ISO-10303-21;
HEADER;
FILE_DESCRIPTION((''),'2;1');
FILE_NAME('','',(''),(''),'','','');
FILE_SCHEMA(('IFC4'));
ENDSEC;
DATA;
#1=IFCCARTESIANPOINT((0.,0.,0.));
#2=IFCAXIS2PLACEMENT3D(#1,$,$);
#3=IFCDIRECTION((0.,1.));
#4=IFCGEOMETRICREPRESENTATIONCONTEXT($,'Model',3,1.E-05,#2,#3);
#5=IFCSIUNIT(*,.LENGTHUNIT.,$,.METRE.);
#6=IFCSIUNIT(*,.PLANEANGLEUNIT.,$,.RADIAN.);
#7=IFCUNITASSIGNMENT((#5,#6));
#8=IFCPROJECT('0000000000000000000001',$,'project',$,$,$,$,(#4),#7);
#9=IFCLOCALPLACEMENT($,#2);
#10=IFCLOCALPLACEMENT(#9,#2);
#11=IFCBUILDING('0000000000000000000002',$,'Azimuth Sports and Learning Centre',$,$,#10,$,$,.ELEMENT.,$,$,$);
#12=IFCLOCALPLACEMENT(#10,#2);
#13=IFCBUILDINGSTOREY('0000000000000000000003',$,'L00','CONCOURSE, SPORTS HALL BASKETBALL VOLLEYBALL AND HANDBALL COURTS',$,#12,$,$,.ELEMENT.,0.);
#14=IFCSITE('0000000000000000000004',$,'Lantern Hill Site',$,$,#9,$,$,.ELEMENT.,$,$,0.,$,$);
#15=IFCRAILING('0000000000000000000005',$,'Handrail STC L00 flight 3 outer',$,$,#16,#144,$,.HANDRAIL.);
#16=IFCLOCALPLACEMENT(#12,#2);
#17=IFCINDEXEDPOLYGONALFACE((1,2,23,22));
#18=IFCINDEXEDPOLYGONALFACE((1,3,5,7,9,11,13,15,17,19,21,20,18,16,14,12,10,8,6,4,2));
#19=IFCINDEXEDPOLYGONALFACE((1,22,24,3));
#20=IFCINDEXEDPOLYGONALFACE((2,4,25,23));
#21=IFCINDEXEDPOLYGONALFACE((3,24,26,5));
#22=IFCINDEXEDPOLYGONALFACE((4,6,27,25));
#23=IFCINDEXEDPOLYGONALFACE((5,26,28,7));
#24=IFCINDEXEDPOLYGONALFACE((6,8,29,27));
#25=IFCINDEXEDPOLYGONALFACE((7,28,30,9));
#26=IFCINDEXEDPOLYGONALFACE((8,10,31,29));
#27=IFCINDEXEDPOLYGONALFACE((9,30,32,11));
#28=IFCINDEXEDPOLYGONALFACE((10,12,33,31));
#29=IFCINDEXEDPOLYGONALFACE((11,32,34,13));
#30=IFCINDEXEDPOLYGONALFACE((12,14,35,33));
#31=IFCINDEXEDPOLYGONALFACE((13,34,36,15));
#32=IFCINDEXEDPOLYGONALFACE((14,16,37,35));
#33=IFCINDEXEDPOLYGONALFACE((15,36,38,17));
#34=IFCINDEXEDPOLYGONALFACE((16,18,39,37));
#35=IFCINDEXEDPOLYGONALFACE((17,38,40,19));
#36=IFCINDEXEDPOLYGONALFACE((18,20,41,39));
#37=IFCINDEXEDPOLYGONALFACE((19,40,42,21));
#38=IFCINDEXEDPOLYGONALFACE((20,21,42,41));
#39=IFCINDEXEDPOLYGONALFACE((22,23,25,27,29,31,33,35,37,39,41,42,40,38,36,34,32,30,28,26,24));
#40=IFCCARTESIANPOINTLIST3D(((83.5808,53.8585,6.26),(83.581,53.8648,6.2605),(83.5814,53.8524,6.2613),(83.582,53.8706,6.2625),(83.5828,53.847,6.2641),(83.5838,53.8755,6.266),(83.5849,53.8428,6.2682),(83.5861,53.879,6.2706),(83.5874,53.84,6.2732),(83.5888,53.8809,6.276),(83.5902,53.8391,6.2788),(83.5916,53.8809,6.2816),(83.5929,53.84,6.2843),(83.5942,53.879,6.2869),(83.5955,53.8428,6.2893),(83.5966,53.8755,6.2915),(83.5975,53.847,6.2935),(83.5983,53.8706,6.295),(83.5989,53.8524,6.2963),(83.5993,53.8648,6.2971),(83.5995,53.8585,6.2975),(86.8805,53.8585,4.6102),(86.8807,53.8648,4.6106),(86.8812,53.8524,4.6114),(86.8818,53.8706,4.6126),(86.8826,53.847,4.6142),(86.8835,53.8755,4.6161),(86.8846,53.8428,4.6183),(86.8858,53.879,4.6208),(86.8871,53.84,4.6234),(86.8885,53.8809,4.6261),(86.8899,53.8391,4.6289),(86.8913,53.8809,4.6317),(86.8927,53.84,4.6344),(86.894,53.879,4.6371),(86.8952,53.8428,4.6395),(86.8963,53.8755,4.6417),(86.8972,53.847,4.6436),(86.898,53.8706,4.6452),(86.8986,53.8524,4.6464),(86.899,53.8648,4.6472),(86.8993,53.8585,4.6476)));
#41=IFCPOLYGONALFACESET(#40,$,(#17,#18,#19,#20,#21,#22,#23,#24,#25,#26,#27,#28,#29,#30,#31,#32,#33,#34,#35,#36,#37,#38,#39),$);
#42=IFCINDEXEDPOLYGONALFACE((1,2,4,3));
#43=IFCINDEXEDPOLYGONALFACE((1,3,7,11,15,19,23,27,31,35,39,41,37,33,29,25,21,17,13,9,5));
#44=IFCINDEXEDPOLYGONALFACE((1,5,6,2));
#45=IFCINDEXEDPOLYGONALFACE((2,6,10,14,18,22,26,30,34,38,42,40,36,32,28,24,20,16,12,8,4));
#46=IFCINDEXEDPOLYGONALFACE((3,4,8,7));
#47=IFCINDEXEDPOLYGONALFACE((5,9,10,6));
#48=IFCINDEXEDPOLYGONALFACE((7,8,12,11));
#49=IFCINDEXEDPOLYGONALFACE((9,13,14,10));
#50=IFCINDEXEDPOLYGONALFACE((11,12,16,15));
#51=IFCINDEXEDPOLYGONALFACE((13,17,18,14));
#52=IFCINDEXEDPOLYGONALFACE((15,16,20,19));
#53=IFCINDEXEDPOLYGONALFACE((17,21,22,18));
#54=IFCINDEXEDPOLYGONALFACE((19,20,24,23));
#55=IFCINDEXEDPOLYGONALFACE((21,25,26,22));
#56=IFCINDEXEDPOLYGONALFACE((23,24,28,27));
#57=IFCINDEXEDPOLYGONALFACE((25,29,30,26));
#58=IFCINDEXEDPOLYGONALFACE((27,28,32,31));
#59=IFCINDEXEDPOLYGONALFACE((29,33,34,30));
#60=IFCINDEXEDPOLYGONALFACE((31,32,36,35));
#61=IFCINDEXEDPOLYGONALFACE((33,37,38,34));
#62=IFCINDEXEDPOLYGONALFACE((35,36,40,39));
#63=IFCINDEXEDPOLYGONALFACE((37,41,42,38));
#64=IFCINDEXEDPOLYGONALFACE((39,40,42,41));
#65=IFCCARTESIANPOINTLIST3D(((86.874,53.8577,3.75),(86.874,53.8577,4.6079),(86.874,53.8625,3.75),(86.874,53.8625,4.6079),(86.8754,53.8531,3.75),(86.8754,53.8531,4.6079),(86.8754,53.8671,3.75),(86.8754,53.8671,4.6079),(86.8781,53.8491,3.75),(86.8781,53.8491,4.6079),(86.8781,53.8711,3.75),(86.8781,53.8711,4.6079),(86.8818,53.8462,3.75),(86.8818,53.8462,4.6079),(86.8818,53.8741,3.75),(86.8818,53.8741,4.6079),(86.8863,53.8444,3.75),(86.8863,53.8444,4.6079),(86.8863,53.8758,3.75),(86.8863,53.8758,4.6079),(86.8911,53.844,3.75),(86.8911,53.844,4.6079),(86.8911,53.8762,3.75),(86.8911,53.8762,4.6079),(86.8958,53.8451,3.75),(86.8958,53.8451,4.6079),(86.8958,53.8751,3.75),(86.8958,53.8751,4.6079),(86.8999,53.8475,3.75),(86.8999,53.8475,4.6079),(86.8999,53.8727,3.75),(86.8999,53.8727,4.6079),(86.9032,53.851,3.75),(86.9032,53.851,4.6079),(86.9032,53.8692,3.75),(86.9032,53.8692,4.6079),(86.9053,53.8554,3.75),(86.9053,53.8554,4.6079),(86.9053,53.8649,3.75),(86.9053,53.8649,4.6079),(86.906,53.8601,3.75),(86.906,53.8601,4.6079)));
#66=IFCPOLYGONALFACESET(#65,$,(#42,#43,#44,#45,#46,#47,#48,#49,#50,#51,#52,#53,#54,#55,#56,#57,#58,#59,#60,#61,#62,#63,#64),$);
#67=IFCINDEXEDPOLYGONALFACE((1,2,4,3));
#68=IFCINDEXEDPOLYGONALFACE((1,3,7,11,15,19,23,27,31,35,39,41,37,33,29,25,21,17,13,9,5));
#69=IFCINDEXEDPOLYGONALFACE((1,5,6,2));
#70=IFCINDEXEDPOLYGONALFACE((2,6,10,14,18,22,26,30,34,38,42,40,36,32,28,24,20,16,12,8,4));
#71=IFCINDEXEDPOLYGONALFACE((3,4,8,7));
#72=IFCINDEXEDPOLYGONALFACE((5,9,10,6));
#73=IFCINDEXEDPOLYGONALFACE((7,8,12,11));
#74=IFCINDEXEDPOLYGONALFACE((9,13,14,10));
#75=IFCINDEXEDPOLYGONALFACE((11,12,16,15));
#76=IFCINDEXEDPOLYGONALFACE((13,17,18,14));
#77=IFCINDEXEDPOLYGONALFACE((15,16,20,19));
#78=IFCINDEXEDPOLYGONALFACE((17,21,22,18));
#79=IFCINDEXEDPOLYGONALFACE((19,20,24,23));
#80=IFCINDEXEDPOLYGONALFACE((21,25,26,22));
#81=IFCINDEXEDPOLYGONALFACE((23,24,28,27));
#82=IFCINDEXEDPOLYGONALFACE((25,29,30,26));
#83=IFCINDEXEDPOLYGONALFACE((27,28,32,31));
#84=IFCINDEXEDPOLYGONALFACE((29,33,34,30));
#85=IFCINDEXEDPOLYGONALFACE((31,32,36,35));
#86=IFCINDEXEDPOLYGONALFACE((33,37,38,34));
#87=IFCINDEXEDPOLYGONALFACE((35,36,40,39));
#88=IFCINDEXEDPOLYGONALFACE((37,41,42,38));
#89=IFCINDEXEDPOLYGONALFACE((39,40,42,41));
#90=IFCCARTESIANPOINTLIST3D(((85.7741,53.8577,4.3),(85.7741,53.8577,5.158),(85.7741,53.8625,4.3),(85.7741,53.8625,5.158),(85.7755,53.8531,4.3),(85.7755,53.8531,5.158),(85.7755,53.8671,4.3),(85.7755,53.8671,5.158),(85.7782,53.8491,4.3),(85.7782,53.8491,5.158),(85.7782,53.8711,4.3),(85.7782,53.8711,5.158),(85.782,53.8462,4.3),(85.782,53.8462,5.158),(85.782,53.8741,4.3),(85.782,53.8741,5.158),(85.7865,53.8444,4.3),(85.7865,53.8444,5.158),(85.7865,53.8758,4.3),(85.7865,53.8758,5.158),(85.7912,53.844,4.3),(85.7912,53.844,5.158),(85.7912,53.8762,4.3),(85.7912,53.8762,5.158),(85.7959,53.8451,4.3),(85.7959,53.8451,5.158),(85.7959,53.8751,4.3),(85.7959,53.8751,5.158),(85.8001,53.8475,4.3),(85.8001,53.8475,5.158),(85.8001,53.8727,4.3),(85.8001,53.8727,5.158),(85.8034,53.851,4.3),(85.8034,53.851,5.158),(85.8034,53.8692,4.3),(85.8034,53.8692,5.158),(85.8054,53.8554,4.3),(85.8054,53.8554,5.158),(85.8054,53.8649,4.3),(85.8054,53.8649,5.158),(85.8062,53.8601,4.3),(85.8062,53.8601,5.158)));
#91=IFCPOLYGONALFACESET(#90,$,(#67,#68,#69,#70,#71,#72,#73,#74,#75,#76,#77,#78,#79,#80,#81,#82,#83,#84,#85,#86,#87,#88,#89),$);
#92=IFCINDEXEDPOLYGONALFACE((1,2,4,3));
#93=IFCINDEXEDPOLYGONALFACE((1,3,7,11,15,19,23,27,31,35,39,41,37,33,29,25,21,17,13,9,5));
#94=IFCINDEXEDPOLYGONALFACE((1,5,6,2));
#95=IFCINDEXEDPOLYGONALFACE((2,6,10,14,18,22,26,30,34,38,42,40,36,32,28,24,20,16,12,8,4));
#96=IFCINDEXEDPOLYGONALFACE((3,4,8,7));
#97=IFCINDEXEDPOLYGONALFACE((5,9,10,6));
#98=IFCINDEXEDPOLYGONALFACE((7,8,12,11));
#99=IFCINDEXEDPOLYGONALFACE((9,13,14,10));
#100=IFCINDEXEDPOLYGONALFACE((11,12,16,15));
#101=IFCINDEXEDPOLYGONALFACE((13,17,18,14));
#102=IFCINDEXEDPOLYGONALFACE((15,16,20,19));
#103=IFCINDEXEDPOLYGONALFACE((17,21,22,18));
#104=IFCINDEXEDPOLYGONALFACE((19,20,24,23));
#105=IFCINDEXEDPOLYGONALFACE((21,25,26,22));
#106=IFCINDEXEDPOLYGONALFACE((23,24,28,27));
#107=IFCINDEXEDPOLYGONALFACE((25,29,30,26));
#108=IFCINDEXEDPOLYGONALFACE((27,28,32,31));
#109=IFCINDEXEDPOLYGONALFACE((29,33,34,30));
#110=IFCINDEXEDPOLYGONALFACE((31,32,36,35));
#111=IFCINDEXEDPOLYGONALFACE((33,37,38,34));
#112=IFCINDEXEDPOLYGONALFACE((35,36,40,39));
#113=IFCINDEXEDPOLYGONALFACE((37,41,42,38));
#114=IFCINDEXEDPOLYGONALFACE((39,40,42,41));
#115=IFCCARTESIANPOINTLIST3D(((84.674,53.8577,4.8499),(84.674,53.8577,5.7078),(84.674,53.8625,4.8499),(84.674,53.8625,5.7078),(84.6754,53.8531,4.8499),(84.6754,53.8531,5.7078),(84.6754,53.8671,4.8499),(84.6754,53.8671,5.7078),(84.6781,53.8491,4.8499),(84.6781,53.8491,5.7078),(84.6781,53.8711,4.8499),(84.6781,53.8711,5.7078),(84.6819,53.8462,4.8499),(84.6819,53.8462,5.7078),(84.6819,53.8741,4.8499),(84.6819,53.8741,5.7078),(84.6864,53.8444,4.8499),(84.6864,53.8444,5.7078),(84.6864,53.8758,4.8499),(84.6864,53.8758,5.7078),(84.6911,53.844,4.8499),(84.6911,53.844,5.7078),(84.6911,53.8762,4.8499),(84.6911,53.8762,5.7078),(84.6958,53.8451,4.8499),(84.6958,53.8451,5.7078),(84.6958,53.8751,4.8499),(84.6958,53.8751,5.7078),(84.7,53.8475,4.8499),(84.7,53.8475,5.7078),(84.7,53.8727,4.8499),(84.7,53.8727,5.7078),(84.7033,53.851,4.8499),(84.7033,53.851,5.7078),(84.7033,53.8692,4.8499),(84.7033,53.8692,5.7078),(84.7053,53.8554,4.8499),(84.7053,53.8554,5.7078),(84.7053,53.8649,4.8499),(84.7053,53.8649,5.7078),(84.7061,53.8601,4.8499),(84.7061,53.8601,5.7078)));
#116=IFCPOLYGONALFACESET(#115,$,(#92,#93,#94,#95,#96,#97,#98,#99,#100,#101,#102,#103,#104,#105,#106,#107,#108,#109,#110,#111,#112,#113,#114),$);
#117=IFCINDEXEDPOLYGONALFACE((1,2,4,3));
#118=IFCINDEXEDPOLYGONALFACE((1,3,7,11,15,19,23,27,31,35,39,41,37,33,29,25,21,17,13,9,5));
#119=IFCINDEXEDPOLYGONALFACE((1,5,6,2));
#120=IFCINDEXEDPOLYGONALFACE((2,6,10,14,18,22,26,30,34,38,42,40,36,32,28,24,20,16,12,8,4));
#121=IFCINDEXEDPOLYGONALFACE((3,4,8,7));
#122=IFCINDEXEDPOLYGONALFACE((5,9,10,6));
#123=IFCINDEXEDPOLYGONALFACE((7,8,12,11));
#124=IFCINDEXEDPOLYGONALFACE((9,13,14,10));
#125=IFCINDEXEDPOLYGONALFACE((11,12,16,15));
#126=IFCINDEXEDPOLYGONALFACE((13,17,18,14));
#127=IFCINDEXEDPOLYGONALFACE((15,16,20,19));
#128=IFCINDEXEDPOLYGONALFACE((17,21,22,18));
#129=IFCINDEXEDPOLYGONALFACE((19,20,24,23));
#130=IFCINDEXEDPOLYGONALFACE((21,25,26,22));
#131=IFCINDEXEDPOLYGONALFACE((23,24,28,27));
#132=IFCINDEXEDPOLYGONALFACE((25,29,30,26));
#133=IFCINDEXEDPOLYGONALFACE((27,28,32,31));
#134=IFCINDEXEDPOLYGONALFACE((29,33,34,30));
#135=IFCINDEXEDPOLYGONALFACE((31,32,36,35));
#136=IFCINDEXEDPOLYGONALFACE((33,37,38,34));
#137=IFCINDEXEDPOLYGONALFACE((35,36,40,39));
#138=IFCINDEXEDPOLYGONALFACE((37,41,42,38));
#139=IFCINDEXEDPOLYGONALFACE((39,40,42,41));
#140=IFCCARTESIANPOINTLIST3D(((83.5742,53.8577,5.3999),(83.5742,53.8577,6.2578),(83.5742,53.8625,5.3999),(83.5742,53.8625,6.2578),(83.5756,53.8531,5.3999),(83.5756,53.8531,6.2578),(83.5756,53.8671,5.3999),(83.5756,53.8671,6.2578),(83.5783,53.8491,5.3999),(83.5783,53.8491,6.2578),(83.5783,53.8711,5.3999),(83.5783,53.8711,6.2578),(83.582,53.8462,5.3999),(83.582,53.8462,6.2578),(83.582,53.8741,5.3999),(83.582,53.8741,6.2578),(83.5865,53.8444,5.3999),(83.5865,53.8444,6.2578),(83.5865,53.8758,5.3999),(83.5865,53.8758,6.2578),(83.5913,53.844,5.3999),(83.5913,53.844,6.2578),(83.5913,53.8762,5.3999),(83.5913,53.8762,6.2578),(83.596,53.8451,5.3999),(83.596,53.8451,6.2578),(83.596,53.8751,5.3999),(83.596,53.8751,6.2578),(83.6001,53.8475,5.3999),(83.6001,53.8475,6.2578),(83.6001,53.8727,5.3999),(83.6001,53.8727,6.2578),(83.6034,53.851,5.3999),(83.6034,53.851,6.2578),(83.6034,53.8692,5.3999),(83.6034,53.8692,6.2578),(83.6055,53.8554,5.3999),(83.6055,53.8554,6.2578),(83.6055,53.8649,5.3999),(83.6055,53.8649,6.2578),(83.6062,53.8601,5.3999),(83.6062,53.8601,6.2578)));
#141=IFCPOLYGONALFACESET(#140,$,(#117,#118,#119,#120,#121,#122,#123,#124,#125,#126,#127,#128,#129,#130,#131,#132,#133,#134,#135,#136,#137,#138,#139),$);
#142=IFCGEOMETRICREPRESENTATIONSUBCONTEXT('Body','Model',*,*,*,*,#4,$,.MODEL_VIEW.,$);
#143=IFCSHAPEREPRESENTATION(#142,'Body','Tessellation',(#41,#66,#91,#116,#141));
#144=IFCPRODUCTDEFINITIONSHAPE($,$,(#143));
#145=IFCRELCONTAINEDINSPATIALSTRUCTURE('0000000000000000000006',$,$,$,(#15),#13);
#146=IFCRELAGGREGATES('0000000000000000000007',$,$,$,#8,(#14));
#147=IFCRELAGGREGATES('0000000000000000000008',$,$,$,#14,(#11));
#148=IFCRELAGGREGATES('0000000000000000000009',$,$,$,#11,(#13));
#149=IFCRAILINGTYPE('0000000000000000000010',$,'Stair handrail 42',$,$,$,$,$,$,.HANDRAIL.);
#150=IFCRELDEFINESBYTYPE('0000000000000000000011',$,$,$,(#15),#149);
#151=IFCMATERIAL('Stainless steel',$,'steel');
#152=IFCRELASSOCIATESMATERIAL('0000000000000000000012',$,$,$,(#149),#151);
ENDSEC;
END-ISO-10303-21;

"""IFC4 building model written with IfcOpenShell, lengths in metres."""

from ifc_helpers import new_model, si_unit, direction, frame, origin, origin_2d, place, context, subcontext, project, spatial, circle, extrude, material, type_object, element, save


model = new_model("IFC4")

# Units and contexts
model_context = context("Model", 3, precision=1e-05, world=origin(), true_north=direction((0.0, 1.0)))
body_context = subcontext(model_context, "Body", "Model", "MODEL_VIEW")
ifc_project = project(units=[si_unit("LENGTHUNIT", "METRE"), si_unit("PLANEANGLEUNIT", "RADIAN")], contexts=[model_context])

# Site, building, storey
site_placement = place(None, origin())
site = spatial("IfcSite", under=ifc_project, at=site_placement, Name="Lantern Hill Site", CompositionType="ELEMENT", RefElevation=0.0)
building_placement = place(site_placement, origin())
building = spatial("IfcBuilding", under=site, at=building_placement, Name="Azimuth Sports and Learning Centre", CompositionType="ELEMENT")
storey_placement = place(building_placement, origin())
storey = spatial("IfcBuildingStorey", under=building, at=storey_placement, Name="L00", Description="CONCOURSE, SPORTS HALL BASKETBALL VOLLEYBALL AND HANDBALL COURTS", CompositionType="ELEMENT", Elevation=0.0)

# Railing
ifc_material_1 = material(Name="Stainless steel", Category="steel")
railing_type_1 = type_object("IfcRailingType", Name="Stair handrail 42", PredefinedType="HANDRAIL", material=ifc_material_1)
for number, where, name in (
    (1, (86.8899, 53.8601, 3.75), "Handrail STC L00 flight 3 outer"),
):
    element("IfcRailing", number, at=place(storey_placement, frame(where)), inside=storey, type_object=railing_type_1, Name=name, PredefinedType="HANDRAIL", context=body_context, shape_type="SweptSolid", body=[
        extrude(circle(Radius=0.021, at=origin_2d()), frame((0.0, 0.0, 0.8789), z_axis=(-0.894427, 0.0, 0.447214), x_axis=(0.0, -1.0, 0.0)), (0.0, 0.0, 1.0), 3.6892),
        extrude(circle(Radius=0.0161, at=origin_2d()), origin(), (0.0, 0.0, 1.0), 0.8579),
        extrude(circle(Radius=0.0161, at=origin_2d()), frame((-1.0999, 0.0, 0.55)), (0.0, 0.0, 1.0), 0.8579),
        extrude(circle(Radius=0.0161, at=origin_2d()), frame((-2.2, 0.0, 1.0999)), (0.0, 0.0, 1.0), 0.8579),
        extrude(circle(Radius=0.0161, at=origin_2d()), frame((-3.2998, 0.0, 1.6499)), (0.0, 0.0, 1.0), 0.8579),
    ])

save(model, "model.ifc")
